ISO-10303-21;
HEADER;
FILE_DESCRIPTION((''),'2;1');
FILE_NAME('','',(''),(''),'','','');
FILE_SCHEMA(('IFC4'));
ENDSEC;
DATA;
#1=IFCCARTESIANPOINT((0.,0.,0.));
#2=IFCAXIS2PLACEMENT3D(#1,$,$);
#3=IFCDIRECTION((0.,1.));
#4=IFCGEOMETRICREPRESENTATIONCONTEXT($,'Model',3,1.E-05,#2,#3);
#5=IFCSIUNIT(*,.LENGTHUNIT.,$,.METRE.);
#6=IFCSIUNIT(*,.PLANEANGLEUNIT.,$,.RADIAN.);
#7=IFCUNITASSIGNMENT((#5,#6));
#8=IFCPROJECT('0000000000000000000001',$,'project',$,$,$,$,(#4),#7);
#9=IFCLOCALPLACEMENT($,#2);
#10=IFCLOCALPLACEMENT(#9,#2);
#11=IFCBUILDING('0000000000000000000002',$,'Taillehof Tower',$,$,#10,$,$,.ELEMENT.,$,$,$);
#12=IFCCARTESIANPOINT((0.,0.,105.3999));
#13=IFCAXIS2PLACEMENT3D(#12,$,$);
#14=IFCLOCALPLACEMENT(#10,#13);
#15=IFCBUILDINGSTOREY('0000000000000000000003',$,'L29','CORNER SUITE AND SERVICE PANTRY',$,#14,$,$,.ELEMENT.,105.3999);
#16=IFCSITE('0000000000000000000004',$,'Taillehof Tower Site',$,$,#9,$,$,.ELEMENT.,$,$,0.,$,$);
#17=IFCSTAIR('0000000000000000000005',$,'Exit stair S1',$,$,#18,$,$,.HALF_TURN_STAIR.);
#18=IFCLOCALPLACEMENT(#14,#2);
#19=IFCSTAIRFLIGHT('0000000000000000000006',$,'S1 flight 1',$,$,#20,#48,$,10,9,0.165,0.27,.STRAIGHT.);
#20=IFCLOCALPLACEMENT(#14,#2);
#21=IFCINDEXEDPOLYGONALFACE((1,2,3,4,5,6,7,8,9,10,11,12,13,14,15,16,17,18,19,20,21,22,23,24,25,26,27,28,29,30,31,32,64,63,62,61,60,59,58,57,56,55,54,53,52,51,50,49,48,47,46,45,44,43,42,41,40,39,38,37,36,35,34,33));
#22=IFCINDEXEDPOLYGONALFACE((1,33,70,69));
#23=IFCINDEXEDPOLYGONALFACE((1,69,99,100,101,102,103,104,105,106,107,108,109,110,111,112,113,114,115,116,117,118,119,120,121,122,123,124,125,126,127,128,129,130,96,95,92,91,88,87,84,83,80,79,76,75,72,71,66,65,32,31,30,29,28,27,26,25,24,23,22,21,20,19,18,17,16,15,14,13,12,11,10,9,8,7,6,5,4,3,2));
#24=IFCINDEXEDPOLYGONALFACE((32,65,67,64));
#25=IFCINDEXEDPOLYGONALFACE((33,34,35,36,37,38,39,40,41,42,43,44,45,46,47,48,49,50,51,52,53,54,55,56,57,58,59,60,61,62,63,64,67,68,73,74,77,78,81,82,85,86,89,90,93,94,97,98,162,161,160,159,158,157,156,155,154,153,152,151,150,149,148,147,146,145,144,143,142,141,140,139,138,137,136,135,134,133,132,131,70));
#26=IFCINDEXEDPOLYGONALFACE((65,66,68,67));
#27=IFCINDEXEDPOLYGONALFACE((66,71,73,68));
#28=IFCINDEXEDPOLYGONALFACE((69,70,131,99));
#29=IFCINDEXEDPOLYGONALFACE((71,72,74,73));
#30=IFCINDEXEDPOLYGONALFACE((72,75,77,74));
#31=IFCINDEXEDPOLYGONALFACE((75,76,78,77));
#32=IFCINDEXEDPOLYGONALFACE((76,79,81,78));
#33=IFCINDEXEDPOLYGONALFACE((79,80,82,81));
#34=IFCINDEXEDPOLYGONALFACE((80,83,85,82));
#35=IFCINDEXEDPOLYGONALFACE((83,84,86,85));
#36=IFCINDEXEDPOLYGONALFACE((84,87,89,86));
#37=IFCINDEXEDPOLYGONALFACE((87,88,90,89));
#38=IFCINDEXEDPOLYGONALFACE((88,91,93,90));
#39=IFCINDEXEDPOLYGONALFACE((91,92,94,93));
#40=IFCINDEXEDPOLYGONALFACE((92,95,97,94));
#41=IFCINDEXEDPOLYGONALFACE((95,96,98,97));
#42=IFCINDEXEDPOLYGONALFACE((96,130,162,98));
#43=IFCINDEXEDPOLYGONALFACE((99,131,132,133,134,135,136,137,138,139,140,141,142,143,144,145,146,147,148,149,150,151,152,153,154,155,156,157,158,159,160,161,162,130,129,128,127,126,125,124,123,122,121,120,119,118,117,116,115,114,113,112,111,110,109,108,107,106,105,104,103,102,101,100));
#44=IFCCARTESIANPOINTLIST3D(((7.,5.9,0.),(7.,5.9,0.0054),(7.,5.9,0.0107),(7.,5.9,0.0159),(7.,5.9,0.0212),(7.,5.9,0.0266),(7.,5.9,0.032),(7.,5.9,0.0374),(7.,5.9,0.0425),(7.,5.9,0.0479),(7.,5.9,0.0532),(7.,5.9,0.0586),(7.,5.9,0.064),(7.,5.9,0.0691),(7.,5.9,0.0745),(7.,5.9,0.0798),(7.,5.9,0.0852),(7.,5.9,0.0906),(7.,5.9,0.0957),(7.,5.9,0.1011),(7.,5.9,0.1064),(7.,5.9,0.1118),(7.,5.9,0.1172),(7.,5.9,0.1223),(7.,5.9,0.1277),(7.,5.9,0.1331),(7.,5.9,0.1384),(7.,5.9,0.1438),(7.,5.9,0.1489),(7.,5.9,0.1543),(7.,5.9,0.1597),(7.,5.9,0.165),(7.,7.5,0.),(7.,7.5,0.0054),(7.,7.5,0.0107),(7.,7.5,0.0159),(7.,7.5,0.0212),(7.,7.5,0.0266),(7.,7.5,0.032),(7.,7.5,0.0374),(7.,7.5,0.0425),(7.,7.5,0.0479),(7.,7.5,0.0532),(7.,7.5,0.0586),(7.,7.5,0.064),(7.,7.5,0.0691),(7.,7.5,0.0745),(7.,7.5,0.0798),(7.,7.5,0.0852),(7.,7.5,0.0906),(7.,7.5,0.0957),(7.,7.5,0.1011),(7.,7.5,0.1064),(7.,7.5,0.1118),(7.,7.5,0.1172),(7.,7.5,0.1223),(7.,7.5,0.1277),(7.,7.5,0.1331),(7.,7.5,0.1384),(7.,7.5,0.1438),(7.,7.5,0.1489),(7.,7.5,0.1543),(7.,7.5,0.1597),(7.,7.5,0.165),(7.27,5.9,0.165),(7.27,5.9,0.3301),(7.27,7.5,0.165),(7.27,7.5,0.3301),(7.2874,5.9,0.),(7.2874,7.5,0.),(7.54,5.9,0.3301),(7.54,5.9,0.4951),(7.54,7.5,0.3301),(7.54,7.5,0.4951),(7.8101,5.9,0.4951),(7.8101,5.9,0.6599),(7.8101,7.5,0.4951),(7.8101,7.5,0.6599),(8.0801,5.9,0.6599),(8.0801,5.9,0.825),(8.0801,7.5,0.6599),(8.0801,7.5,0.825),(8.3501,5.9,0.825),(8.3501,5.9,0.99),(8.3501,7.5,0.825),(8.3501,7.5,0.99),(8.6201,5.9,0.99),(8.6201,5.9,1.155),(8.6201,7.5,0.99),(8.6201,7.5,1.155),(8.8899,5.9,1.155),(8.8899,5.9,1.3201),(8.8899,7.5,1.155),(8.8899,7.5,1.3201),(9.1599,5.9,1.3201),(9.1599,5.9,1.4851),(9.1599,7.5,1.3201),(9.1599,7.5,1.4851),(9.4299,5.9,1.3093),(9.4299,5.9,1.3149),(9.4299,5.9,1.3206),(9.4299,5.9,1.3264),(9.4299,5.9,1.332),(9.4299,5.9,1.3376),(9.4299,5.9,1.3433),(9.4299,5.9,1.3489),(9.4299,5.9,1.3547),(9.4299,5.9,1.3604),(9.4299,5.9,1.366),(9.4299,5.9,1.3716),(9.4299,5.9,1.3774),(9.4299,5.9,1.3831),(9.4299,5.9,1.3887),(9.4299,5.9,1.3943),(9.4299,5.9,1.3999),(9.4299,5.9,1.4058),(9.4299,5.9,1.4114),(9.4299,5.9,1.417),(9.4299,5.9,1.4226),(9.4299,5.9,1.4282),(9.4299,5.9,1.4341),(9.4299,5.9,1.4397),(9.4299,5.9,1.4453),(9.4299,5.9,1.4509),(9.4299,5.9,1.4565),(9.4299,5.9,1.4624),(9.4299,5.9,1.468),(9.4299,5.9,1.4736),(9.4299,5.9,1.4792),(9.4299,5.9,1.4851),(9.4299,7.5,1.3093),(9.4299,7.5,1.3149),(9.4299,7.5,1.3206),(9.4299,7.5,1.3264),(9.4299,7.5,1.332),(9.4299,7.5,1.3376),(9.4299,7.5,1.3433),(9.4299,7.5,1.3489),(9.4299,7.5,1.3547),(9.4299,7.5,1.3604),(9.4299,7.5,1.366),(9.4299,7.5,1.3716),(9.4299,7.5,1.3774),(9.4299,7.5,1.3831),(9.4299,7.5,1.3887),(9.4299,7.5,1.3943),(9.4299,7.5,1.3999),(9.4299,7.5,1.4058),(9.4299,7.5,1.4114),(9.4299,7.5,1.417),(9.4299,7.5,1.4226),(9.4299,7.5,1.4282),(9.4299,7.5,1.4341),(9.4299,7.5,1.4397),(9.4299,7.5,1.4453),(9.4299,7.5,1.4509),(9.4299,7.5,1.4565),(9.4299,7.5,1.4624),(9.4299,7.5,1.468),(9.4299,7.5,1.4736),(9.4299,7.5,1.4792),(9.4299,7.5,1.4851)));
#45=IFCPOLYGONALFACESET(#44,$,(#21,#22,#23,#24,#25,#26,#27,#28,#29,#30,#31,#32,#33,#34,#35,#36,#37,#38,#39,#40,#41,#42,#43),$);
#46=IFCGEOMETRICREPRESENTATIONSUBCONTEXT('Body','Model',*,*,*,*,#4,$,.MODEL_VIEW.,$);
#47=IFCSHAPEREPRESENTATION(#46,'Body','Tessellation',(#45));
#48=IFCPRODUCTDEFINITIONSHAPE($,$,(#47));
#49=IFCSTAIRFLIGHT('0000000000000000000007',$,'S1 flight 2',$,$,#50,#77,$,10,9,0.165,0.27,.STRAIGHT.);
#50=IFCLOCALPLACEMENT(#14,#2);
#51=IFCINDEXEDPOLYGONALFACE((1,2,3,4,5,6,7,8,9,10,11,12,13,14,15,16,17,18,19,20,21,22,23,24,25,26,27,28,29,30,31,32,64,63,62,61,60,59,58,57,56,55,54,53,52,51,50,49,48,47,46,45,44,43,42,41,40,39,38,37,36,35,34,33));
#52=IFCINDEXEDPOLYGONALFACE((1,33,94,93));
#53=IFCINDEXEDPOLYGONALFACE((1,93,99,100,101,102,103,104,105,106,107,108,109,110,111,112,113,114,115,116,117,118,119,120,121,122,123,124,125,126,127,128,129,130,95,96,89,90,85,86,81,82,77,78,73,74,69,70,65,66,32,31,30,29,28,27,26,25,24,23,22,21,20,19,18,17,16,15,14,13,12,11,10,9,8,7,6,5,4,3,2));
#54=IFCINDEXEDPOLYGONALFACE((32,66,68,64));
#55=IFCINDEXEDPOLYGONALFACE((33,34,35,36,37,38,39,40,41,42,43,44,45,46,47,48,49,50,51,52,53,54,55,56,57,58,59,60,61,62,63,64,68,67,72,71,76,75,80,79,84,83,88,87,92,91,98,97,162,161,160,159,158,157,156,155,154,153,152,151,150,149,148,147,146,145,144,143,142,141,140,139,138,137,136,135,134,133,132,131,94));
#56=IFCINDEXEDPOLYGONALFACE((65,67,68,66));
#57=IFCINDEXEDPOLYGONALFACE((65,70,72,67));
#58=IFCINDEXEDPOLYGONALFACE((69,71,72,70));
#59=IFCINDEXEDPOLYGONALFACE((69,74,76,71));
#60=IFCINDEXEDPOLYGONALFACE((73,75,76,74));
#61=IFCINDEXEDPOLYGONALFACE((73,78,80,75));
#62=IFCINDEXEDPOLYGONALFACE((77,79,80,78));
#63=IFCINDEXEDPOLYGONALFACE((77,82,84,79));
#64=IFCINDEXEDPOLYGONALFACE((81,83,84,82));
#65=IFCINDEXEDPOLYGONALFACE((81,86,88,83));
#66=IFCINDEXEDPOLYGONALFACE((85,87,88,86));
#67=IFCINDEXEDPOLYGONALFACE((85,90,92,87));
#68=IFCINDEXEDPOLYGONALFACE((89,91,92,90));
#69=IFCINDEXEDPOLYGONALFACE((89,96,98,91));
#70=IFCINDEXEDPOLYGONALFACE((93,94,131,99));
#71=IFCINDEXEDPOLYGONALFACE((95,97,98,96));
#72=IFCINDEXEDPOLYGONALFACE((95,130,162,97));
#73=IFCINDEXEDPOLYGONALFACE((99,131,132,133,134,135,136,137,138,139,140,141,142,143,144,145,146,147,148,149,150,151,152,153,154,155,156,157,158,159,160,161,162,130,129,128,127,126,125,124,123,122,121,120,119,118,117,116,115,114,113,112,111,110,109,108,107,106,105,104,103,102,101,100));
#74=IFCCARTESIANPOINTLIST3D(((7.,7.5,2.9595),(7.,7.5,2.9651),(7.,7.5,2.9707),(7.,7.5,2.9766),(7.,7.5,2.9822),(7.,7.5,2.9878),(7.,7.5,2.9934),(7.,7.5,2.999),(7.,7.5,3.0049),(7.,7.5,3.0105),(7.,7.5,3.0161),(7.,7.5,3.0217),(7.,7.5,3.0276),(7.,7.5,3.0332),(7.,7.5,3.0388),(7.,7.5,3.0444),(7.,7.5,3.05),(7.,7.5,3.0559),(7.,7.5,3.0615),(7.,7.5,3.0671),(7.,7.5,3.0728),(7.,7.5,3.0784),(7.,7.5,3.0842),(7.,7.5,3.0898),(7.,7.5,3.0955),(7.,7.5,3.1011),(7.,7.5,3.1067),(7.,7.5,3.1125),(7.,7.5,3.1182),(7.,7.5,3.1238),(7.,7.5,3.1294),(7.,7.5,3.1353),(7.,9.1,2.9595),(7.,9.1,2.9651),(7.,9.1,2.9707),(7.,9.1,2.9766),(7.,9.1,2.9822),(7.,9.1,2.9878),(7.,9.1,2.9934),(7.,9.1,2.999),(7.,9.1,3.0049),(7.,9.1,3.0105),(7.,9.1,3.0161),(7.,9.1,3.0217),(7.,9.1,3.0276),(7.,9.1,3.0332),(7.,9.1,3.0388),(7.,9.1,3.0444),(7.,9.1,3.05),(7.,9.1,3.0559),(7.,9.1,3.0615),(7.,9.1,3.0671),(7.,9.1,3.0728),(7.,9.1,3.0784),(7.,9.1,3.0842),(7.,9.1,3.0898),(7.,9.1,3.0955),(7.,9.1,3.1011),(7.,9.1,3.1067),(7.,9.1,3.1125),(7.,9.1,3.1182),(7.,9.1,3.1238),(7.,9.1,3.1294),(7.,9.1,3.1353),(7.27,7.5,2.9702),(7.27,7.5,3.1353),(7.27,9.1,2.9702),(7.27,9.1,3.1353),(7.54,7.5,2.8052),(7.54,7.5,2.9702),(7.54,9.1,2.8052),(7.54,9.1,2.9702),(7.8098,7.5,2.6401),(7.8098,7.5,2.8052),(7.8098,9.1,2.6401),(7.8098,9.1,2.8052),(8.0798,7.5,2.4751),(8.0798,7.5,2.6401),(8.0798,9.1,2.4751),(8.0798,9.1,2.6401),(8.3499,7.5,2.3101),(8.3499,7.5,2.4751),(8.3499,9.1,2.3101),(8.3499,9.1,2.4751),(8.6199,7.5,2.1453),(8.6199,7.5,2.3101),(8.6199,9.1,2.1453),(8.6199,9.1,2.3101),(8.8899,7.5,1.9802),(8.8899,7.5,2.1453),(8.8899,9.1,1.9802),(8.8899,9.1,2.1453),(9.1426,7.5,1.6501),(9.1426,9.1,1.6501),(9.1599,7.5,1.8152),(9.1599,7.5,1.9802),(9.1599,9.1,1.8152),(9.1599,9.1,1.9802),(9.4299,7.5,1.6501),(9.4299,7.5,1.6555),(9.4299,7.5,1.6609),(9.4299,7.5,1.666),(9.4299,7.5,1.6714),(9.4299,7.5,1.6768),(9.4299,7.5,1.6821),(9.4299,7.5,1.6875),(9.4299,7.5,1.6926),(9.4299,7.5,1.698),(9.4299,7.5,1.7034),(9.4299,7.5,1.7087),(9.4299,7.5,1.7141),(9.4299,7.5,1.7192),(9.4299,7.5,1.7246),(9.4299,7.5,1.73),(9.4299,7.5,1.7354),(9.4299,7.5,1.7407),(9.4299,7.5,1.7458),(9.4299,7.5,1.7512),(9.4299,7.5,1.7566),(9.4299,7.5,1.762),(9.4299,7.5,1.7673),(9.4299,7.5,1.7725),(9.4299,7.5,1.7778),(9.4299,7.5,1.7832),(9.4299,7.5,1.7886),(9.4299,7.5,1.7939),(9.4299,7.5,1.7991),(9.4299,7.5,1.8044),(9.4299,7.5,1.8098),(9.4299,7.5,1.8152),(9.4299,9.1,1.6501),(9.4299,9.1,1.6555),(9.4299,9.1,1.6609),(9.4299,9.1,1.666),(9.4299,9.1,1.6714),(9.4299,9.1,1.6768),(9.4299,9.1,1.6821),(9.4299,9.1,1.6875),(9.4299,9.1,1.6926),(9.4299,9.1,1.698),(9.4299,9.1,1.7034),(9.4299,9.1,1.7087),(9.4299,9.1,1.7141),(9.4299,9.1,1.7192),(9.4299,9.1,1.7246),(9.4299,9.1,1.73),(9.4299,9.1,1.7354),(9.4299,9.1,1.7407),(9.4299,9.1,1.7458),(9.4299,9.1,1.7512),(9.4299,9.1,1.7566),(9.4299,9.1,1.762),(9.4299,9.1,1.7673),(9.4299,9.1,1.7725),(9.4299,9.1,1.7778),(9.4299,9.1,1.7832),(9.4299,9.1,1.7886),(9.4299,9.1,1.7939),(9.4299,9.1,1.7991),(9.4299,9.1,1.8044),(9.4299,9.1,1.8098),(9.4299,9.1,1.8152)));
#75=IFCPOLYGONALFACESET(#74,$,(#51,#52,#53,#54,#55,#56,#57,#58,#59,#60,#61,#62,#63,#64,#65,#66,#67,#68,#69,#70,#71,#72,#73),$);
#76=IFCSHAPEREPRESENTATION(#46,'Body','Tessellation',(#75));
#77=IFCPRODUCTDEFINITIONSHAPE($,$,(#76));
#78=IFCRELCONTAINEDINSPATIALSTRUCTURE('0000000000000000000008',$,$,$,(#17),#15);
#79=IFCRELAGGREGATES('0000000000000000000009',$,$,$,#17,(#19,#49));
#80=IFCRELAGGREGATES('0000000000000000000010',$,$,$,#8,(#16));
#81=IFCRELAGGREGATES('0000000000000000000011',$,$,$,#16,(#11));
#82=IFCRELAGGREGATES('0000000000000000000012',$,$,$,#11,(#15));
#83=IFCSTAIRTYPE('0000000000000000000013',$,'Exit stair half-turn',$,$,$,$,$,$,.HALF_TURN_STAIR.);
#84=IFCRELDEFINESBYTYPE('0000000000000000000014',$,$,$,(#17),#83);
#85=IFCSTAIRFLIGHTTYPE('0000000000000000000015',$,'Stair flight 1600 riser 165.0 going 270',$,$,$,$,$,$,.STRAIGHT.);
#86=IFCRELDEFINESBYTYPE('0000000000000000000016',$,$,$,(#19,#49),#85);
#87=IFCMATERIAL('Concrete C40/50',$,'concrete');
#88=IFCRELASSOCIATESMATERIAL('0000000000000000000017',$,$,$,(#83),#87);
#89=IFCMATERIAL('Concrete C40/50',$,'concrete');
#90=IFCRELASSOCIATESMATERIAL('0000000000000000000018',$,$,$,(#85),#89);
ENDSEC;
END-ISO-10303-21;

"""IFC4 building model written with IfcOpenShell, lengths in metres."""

from ifc_helpers import new_model, si_unit, direction, frame, origin, place, context, subcontext, project, spatial, polyline, outline, extrude, material, type_object, element, aggregate, save


model = new_model("IFC4")

# Units and contexts
model_context = context("Model", 3, precision=1e-05, world=origin(), true_north=direction((0.0, 1.0)))
body_context = subcontext(model_context, "Body", "Model", "MODEL_VIEW")
ifc_project = project(units=[si_unit("LENGTHUNIT", "METRE"), si_unit("PLANEANGLEUNIT", "RADIAN")], contexts=[model_context])

# Site, building, storey
site_placement = place(None, origin())
site = spatial("IfcSite", under=ifc_project, at=site_placement, Name="Taillehof Tower Site", CompositionType="ELEMENT", RefElevation=0.0)
building_placement = place(site_placement, origin())
building = spatial("IfcBuilding", under=site, at=building_placement, Name="Taillehof Tower", CompositionType="ELEMENT")
storey_placement = place(building_placement, frame((0.0, 0.0, 105.3999)))
storey = spatial("IfcBuildingStorey", under=building, at=storey_placement, Name="L29", Description="CORNER SUITE AND SERVICE PANTRY", CompositionType="ELEMENT", Elevation=105.3999)

# Stair
ifc_material_1 = material(Name="Concrete C40/50", Category="concrete")
stair_type = type_object("IfcStairType", Name="Exit stair half-turn", PredefinedType="HALF_TURN_STAIR", material=ifc_material_1)
stair_1_placement = place(storey_placement, origin())
stair_1 = element("IfcStair", 1, at=stair_1_placement, inside=storey, type_object=stair_type, Name="Exit stair S1", PredefinedType="HALF_TURN_STAIR")

# Stair flights
ifc_material_2 = material(Name="Concrete C40/50", Category="concrete")
stair_flight_type = type_object("IfcStairFlightType", Name="Stair flight 1600 riser 165.0 going 270", PredefinedType="STRAIGHT", material=ifc_material_2)
stair_flight_1_placement = place(storey_placement, frame((7.0, 6.7, 0.0), z_axis=(0.0, 0.0, 1.0), x_axis=(1.0, 0.0, 0.0)))
stair_flight_1 = element("IfcStairFlight", 2, at=stair_flight_1_placement, type_object=stair_flight_type, Name="S1 flight 1", NumberOfRisers=10, NumberOfTreads=9, PredefinedType="STRAIGHT", RiserHeight=0.165, TreadLength=0.27, context=body_context, shape_type="SweptSolid", body=[
    extrude(outline(polyline([(0.0, 0.0), (0.0, 0.0054), (0.0, 0.0107), (0.0, 0.0159), (0.0, 0.0212), (0.0, 0.0266), (0.0, 0.032), (0.0, 0.0374), (0.0, 0.0425), (0.0, 0.0479), (0.0, 0.0532), (0.0, 0.0586), (0.0, 0.064), (0.0, 0.0691), (0.0, 0.0745), (0.0, 0.0798), (0.0, 0.0852), (0.0, 0.0906), (0.0, 0.0957), (0.0, 0.1011), (0.0, 0.1064), (0.0, 0.1118), (0.0, 0.1172), (0.0, 0.1223), (0.0, 0.1277), (0.0, 0.1331), (0.0, 0.1384), (0.0, 0.1438), (0.0, 0.1489), (0.0, 0.1543), (0.0, 0.1597), (0.0, 0.165), (0.27, 0.165), (0.27, 0.3301), (0.54, 0.3301), (0.54, 0.4951), (0.8101, 0.4951), (0.8101, 0.6599), (1.0801, 0.6599), (1.0801, 0.825), (1.3501, 0.825), (1.3501, 0.99), (1.6201, 0.99), (1.6201, 1.155), (1.8899, 1.155), (1.8899, 1.3201), (2.1599, 1.3201), (2.1599, 1.4851), (2.4299, 1.4851), (2.4299, 1.4792), (2.4299, 1.4736), (2.4299, 1.468), (2.4299, 1.4624), (2.4299, 1.4565), (2.4299, 1.4509), (2.4299, 1.4453), (2.4299, 1.4397), (2.4299, 1.4341), (2.4299, 1.4282), (2.4299, 1.4226), (2.4299, 1.417), (2.4299, 1.4114), (2.4299, 1.4058), (2.4299, 1.3999), (2.4299, 1.3943), (2.4299, 1.3887), (2.4299, 1.3831), (2.4299, 1.3774), (2.4299, 1.3716), (2.4299, 1.366), (2.4299, 1.3604), (2.4299, 1.3547), (2.4299, 1.3489), (2.4299, 1.3433), (2.4299, 1.3376), (2.4299, 1.332), (2.4299, 1.3264), (2.4299, 1.3206), (2.4299, 1.3149), (2.4299, 1.3093), (0.2874, 0.0), (0.0, 0.0)])), frame((0.0, 0.8, 0.0), z_axis=(0.0, -1.0, 0.0), x_axis=(1.0, 0.0, 0.0)), (0.0, 0.0, 1.0), 1.6),
])
stair_flight_2_placement = place(storey_placement, frame((9.4299, 8.3, 1.6501), z_axis=(0.0, 0.0, 1.0), x_axis=(-1.0, 0.0, 0.0)))
stair_flight_2 = element("IfcStairFlight", 3, at=stair_flight_2_placement, type_object=stair_flight_type, Name="S1 flight 2", NumberOfRisers=10, NumberOfTreads=9, PredefinedType="STRAIGHT", RiserHeight=0.165, TreadLength=0.27, context=body_context, shape_type="SweptSolid", body=[
    extrude(outline(polyline([(0.0, 0.0), (0.0, 0.0054), (0.0, 0.0107), (0.0, 0.0159), (0.0, 0.0212), (0.0, 0.0266), (0.0, 0.032), (0.0, 0.0374), (0.0, 0.0425), (0.0, 0.0479), (0.0, 0.0532), (0.0, 0.0586), (0.0, 0.064), (0.0, 0.0691), (0.0, 0.0745), (0.0, 0.0798), (0.0, 0.0852), (0.0, 0.0906), (0.0, 0.0957), (0.0, 0.1011), (0.0, 0.1064), (0.0, 0.1118), (0.0, 0.1172), (0.0, 0.1223), (0.0, 0.1277), (0.0, 0.1331), (0.0, 0.1384), (0.0, 0.1438), (0.0, 0.1489), (0.0, 0.1543), (0.0, 0.1597), (0.0, 0.165), (0.27, 0.165), (0.27, 0.3301), (0.54, 0.3301), (0.54, 0.4951), (0.8101, 0.4951), (0.8101, 0.6599), (1.0801, 0.6599), (1.0801, 0.825), (1.3501, 0.825), (1.3501, 0.99), (1.6201, 0.99), (1.6201, 1.155), (1.8899, 1.155), (1.8899, 1.3201), (2.1599, 1.3201), (2.1599, 1.4851), (2.4299, 1.4851), (2.4299, 1.4792), (2.4299, 1.4736), (2.4299, 1.468), (2.4299, 1.4624), (2.4299, 1.4565), (2.4299, 1.4509), (2.4299, 1.4453), (2.4299, 1.4397), (2.4299, 1.4341), (2.4299, 1.4282), (2.4299, 1.4226), (2.4299, 1.417), (2.4299, 1.4114), (2.4299, 1.4058), (2.4299, 1.3999), (2.4299, 1.3943), (2.4299, 1.3887), (2.4299, 1.3831), (2.4299, 1.3774), (2.4299, 1.3716), (2.4299, 1.366), (2.4299, 1.3604), (2.4299, 1.3547), (2.4299, 1.3489), (2.4299, 1.3433), (2.4299, 1.3376), (2.4299, 1.332), (2.4299, 1.3264), (2.4299, 1.3206), (2.4299, 1.3149), (2.4299, 1.3093), (0.2874, 0.0), (0.0, 0.0)])), frame((0.0, 0.8, 0.0), z_axis=(0.0, -1.0, 0.0), x_axis=(1.0, 0.0, 0.0)), (0.0, 0.0, 1.0), 1.6),
])
aggregate(stair_1, [stair_flight_1, stair_flight_2])

save(model, "model.ifc")
